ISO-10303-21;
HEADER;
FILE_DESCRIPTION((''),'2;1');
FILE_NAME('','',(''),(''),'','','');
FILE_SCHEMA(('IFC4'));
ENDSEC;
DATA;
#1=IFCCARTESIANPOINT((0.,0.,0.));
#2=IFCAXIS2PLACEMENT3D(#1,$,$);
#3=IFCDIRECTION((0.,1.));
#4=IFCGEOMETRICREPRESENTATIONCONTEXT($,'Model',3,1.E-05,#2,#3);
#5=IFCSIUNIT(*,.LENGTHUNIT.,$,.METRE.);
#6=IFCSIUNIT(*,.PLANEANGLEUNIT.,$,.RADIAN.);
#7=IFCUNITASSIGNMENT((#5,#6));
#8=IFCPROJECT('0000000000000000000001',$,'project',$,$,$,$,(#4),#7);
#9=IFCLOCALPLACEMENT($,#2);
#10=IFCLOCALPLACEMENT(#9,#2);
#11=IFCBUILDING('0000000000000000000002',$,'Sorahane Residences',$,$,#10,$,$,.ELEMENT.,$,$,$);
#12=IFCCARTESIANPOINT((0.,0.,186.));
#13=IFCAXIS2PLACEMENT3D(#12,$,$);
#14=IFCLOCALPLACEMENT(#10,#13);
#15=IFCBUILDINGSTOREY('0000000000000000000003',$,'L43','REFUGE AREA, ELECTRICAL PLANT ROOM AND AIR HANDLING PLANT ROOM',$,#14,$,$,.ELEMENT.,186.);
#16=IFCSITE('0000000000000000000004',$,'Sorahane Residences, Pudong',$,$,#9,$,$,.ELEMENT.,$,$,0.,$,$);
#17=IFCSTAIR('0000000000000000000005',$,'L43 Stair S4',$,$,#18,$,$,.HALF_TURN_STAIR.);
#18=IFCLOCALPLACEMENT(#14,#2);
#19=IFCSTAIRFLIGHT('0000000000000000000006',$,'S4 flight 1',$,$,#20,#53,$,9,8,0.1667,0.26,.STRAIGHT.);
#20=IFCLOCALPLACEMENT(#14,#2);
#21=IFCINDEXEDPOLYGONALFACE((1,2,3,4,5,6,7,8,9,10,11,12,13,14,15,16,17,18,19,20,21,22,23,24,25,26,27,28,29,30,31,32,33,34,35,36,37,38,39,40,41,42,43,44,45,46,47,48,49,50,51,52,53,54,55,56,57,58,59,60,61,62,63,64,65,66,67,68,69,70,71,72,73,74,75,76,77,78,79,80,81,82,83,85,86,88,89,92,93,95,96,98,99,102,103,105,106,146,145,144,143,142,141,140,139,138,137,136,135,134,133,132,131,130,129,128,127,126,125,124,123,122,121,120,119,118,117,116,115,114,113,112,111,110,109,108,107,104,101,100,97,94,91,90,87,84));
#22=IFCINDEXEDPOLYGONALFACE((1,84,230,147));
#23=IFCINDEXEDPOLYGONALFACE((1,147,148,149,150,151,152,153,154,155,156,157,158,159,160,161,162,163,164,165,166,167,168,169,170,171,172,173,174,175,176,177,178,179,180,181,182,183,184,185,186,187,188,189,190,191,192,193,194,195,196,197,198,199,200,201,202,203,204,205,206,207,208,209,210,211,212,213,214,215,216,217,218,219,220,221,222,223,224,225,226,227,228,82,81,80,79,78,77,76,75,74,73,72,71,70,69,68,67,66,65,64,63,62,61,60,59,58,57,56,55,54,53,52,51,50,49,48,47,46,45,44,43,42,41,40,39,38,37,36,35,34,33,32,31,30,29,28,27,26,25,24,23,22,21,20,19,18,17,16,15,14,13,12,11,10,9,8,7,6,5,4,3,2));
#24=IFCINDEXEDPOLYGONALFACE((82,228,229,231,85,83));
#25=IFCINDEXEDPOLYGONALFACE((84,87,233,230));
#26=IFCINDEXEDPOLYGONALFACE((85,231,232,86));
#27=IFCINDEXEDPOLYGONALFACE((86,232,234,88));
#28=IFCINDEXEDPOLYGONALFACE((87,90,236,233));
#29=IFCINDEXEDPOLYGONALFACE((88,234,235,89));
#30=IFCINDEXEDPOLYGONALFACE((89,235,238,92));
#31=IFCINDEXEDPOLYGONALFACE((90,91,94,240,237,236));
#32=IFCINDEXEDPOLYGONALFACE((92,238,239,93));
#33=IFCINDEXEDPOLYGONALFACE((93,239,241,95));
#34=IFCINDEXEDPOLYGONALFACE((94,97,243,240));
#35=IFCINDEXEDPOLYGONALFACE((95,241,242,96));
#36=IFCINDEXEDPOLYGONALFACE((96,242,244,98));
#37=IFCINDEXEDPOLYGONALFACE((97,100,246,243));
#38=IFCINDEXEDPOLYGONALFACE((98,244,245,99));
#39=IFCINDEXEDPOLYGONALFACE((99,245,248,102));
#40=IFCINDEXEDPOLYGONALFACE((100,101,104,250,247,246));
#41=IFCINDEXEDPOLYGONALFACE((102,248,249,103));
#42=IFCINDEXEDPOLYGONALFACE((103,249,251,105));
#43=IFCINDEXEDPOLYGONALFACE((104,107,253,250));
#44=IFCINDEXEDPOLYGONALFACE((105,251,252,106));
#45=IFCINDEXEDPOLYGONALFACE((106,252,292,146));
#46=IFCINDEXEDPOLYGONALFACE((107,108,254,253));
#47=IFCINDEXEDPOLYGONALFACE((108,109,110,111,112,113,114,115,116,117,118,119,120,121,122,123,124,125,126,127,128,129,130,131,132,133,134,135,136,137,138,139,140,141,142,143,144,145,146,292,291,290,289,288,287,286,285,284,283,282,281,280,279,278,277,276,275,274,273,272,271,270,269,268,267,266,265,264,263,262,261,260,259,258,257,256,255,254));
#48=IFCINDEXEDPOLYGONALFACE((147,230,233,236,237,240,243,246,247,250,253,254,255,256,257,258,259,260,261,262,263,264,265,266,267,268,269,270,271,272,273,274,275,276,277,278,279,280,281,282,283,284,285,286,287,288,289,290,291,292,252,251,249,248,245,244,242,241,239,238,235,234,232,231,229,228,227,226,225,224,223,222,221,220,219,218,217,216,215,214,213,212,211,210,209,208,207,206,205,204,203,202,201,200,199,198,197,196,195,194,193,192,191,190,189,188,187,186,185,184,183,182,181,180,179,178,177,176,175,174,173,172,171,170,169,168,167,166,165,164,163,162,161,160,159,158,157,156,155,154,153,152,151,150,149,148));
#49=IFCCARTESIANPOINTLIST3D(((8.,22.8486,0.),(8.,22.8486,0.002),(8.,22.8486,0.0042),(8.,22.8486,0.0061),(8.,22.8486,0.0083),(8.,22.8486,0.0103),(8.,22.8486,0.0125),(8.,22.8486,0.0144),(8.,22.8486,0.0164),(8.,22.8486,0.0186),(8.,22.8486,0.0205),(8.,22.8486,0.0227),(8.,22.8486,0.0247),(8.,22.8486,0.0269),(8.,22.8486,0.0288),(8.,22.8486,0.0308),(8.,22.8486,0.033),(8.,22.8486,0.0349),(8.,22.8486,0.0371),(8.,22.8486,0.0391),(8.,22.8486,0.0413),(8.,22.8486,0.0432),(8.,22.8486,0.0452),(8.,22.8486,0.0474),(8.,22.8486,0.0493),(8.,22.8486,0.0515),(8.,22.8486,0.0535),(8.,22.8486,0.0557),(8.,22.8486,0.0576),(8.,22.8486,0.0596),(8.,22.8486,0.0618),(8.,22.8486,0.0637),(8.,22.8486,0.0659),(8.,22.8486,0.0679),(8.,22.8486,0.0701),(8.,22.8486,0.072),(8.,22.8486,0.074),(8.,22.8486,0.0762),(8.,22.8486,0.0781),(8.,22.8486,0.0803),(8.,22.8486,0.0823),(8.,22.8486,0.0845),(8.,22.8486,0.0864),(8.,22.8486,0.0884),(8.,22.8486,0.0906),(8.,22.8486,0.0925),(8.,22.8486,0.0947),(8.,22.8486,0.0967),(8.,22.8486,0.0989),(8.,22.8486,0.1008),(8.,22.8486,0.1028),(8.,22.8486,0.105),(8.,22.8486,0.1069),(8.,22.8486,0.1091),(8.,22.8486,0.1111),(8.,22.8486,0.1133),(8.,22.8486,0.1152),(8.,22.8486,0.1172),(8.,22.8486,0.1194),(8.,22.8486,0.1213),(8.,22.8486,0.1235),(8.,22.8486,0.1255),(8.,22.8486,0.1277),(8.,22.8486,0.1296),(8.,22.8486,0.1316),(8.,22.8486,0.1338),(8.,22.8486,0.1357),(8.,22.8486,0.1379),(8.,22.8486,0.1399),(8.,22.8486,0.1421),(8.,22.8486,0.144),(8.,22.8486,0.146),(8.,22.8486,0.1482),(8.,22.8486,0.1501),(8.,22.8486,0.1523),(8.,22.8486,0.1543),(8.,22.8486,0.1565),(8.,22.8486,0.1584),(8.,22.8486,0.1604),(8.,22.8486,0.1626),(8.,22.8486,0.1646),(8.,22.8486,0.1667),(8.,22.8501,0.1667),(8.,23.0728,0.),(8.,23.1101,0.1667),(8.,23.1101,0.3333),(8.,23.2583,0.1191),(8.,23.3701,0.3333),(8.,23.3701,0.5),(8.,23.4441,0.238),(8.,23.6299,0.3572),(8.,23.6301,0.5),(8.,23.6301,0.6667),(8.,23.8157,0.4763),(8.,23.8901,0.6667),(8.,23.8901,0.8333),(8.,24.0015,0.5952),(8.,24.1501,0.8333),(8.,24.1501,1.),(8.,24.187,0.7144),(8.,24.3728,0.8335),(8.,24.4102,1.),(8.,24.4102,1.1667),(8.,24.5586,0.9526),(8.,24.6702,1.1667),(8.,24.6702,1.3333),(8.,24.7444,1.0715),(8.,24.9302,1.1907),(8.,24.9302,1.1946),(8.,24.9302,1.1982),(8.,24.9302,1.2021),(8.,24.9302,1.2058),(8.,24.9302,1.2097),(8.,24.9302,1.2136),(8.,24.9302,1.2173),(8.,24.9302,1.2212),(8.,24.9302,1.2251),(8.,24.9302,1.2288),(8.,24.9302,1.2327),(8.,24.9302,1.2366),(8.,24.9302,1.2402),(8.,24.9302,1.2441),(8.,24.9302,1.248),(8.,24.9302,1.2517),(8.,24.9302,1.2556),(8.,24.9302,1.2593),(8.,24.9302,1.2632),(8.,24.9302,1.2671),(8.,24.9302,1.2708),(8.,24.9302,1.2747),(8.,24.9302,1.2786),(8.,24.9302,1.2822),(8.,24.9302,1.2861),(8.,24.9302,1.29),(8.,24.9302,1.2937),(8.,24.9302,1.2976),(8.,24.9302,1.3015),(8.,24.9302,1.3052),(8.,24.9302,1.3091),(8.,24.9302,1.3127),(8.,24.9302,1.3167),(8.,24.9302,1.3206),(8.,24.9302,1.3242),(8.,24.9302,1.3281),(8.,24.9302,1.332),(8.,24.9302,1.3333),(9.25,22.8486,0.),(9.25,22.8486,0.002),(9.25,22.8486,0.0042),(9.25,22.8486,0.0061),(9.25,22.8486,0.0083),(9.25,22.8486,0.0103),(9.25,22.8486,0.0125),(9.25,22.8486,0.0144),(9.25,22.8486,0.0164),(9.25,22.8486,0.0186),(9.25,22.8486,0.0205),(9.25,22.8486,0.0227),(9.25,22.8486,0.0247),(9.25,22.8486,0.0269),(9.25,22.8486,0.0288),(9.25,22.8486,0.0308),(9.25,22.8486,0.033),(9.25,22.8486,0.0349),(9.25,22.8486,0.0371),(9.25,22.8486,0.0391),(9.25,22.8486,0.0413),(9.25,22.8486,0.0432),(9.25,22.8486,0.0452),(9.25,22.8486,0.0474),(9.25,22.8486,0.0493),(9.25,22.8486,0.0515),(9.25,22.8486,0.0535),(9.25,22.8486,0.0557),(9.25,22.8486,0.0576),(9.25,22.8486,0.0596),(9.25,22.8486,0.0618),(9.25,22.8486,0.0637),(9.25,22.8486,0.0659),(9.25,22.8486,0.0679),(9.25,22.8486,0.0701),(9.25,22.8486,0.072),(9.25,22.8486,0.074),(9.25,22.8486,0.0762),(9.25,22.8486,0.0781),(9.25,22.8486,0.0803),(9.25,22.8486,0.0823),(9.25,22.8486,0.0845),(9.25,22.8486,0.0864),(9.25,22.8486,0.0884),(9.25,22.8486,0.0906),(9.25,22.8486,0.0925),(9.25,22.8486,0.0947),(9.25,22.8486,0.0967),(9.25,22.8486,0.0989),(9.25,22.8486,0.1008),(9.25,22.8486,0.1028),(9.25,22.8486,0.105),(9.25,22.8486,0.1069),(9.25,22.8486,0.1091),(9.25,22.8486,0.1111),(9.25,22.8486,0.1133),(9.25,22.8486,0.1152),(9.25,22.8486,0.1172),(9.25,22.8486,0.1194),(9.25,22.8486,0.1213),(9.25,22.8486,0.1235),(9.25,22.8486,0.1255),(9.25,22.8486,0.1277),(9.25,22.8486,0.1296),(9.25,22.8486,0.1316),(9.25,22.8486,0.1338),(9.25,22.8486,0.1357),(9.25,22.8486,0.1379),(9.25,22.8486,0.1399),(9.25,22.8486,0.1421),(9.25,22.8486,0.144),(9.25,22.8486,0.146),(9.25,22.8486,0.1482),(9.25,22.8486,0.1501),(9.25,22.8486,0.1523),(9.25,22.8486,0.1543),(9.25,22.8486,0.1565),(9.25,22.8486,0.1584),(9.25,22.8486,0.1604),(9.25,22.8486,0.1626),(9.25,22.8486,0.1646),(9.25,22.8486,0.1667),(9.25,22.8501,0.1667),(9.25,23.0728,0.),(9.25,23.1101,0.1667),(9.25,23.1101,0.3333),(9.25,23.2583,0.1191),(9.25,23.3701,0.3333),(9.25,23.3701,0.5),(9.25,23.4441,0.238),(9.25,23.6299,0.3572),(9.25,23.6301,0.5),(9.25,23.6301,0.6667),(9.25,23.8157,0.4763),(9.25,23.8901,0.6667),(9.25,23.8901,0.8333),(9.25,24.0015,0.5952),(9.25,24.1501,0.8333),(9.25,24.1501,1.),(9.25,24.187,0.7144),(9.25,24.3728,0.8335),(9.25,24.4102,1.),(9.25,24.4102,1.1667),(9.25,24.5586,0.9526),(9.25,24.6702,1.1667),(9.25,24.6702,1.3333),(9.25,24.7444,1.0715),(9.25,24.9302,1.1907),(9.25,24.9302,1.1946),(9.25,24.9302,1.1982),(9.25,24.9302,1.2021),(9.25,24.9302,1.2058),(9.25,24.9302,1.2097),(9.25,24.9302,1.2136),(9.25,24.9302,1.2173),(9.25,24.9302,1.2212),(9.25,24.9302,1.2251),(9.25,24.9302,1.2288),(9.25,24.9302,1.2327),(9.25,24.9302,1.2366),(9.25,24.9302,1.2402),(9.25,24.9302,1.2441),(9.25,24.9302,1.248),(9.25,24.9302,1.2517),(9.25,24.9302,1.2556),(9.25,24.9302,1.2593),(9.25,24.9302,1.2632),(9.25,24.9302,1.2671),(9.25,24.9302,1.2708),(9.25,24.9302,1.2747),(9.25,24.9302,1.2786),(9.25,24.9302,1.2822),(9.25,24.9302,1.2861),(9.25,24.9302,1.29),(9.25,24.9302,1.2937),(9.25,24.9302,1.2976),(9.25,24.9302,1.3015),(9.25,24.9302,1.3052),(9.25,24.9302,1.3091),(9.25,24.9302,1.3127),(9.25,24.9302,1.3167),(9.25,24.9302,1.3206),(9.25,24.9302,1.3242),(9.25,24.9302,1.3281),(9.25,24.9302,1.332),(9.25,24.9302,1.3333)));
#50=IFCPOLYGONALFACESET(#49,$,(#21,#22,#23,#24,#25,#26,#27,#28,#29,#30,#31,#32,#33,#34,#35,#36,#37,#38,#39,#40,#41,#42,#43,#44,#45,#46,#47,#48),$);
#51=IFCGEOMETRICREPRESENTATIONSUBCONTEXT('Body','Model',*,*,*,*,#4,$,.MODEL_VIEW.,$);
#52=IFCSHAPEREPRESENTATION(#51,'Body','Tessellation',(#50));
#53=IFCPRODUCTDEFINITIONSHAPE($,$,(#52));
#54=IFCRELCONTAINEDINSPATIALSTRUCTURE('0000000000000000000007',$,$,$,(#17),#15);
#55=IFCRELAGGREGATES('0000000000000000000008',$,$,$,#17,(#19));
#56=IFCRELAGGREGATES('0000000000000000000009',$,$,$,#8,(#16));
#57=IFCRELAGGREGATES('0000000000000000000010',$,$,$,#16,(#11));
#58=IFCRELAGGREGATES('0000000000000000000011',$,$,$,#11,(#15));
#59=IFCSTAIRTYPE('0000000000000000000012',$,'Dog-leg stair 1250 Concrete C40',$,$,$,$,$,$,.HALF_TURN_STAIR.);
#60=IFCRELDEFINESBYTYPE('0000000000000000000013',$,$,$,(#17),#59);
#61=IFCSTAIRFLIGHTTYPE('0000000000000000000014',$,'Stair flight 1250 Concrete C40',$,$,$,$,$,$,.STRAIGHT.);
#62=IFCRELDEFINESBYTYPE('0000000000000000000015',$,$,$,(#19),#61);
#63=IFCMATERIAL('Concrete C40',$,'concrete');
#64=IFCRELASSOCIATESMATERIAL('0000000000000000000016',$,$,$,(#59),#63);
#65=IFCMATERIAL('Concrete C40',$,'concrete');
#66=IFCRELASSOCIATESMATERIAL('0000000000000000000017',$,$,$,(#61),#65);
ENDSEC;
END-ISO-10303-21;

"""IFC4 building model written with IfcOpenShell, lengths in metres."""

from ifc_helpers import new_model, si_unit, direction, frame, origin, place, context, subcontext, project, spatial, polyline, outline, extrude, material, type_object, element, aggregate, save


model = new_model("IFC4")

# Units and contexts
model_context = context("Model", 3, precision=1e-05, world=origin(), true_north=direction((0.0, 1.0)))
body_context = subcontext(model_context, "Body", "Model", "MODEL_VIEW")
ifc_project = project(units=[si_unit("LENGTHUNIT", "METRE"), si_unit("PLANEANGLEUNIT", "RADIAN")], contexts=[model_context])

# Site, building, storey
site_placement = place(None, origin())
site = spatial("IfcSite", under=ifc_project, at=site_placement, Name="Sorahane Residences, Pudong", CompositionType="ELEMENT", RefElevation=0.0)
building_placement = place(site_placement, origin())
building = spatial("IfcBuilding", under=site, at=building_placement, Name="Sorahane Residences", CompositionType="ELEMENT")
storey_placement = place(building_placement, frame((0.0, 0.0, 186.0)))
storey = spatial("IfcBuildingStorey", under=building, at=storey_placement, Name="L43", Description="REFUGE AREA, ELECTRICAL PLANT ROOM AND AIR HANDLING PLANT ROOM", CompositionType="ELEMENT", Elevation=186.0)

# Stair, stair flight
ifc_material_1 = material(Name="Concrete C40", Category="concrete")
stair_type = type_object("IfcStairType", Name="Dog-leg stair 1250 Concrete C40", PredefinedType="HALF_TURN_STAIR", material=ifc_material_1)
stair_placement = place(storey_placement, origin())
stair = element("IfcStair", 1, at=stair_placement, inside=storey, type_object=stair_type, Name="L43 Stair S4", PredefinedType="HALF_TURN_STAIR")
ifc_material_2 = material(Name="Concrete C40", Category="concrete")
stair_flight_type = type_object("IfcStairFlightType", Name="Stair flight 1250 Concrete C40", PredefinedType="STRAIGHT", material=ifc_material_2)
stair_flight_1_placement = place(storey_placement, frame((8.625, 22.8501, 0.0), z_axis=(0.0, 0.0, 1.0), x_axis=(0.0, 1.0, 0.0)))
stair_flight_1 = element("IfcStairFlight", 2, at=stair_flight_1_placement, type_object=stair_flight_type, Name="S4 flight 1", NumberOfRisers=9, NumberOfTreads=8, PredefinedType="STRAIGHT", RiserHeight=0.1667, TreadLength=0.26, context=body_context, shape_type="SweptSolid", body=[
    extrude(outline(polyline([(-0.0015, 0.0), (-0.0015, 0.002), (-0.0015, 0.0042), (-0.0015, 0.0061), (-0.0015, 0.0083), (-0.0015, 0.0103), (-0.0015, 0.0125), (-0.0015, 0.0144), (-0.0015, 0.0164), (-0.0015, 0.0186), (-0.0015, 0.0205), (-0.0015, 0.0227), (-0.0015, 0.0247), (-0.0015, 0.0269), (-0.0015, 0.0288), (-0.0015, 0.0308), (-0.0015, 0.033), (-0.0015, 0.0349), (-0.0015, 0.0371), (-0.0015, 0.0391), (-0.0015, 0.0413), (-0.0015, 0.0432), (-0.0015, 0.0452), (-0.0015, 0.0474), (-0.0015, 0.0493), (-0.0015, 0.0515), (-0.0015, 0.0535), (-0.0015, 0.0557), (-0.0015, 0.0576), (-0.0015, 0.0596), (-0.0015, 0.0618), (-0.0015, 0.0637), (-0.0015, 0.0659), (-0.0015, 0.0679), (-0.0015, 0.0701), (-0.0015, 0.072), (-0.0015, 0.074), (-0.0015, 0.0762), (-0.0015, 0.0781), (-0.0015, 0.0803), (-0.0015, 0.0823), (-0.0015, 0.0845), (-0.0015, 0.0864), (-0.0015, 0.0884), (-0.0015, 0.0906), (-0.0015, 0.0925), (-0.0015, 0.0947), (-0.0015, 0.0967), (-0.0015, 0.0989), (-0.0015, 0.1008), (-0.0015, 0.1028), (-0.0015, 0.105), (-0.0015, 0.1069), (-0.0015, 0.1091), (-0.0015, 0.1111), (-0.0015, 0.1133), (-0.0015, 0.1152), (-0.0015, 0.1172), (-0.0015, 0.1194), (-0.0015, 0.1213), (-0.0015, 0.1235), (-0.0015, 0.1255), (-0.0015, 0.1277), (-0.0015, 0.1296), (-0.0015, 0.1316), (-0.0015, 0.1338), (-0.0015, 0.1357), (-0.0015, 0.1379), (-0.0015, 0.1399), (-0.0015, 0.1421), (-0.0015, 0.144), (-0.0015, 0.146), (-0.0015, 0.1482), (-0.0015, 0.1501), (-0.0015, 0.1523), (-0.0015, 0.1543), (-0.0015, 0.1565), (-0.0015, 0.1584), (-0.0015, 0.1604), (-0.0015, 0.1626), (-0.0015, 0.1646), (-0.0015, 0.1667), (0.0, 0.1667), (0.26, 0.1667), (0.26, 0.3333), (0.52, 0.3333), (0.52, 0.5), (0.78, 0.5), (0.78, 0.6667), (1.04, 0.6667), (1.04, 0.8333), (1.3, 0.8333), (1.3, 1.0), (1.5601, 1.0), (1.5601, 1.1667), (1.8201, 1.1667), (1.8201, 1.3333), (2.0801, 1.3333), (2.0801, 1.5), (2.0801, 1.4961), (2.0801, 1.4924), (2.0801, 1.4885), (2.0801, 1.4846), (2.0801, 1.481), (2.0801, 1.4771), (2.0801, 1.4731), (2.0801, 1.4695), (2.0801, 1.4656), (2.0801, 1.4619), (2.0801, 1.458), (2.0801, 1.4541), (2.0801, 1.4504), (2.0801, 1.4465), (2.0801, 1.4426), (2.0801, 1.439), (2.0801, 1.4351), (2.0801, 1.4312), (2.0801, 1.4275), (2.0801, 1.4236), (2.0801, 1.4197), (2.0801, 1.416), (2.0801, 1.4121), (2.0801, 1.4084), (2.0801, 1.4045), (2.0801, 1.4006), (2.0801, 1.397), (2.0801, 1.3931), (2.0801, 1.3892), (2.0801, 1.3855), (2.0801, 1.3816), (2.0801, 1.3777), (2.0801, 1.374), (2.0801, 1.3701), (2.0801, 1.3662), (2.0801, 1.3625), (2.0801, 1.3586), (2.0801, 1.355), (2.0801, 1.3511), (2.0801, 1.3472), (2.0801, 1.3435), (2.0801, 1.3396), (2.0801, 1.3357), (2.0801, 1.332), (2.0801, 1.3281), (2.0801, 1.3242), (2.0801, 1.3206), (2.0801, 1.3167), (2.0801, 1.3127), (2.0801, 1.3091), (2.0801, 1.3052), (2.0801, 1.3015), (2.0801, 1.2976), (2.0801, 1.2937), (2.0801, 1.29), (2.0801, 1.2861), (2.0801, 1.2822), (2.0801, 1.2786), (2.0801, 1.2747), (2.0801, 1.2708), (2.0801, 1.2671), (2.0801, 1.2632), (2.0801, 1.2593), (2.0801, 1.2556), (2.0801, 1.2517), (2.0801, 1.248), (2.0801, 1.2441), (2.0801, 1.2402), (2.0801, 1.2366), (2.0801, 1.2327), (2.0801, 1.2288), (2.0801, 1.2251), (2.0801, 1.2212), (2.0801, 1.2173), (2.0801, 1.2136), (2.0801, 1.2097), (2.0801, 1.2058), (2.0801, 1.2021), (2.0801, 1.1982), (2.0801, 1.1946), (2.0801, 1.1907), (1.8943, 1.0715), (1.7085, 0.9526), (1.5227, 0.8335), (1.3369, 0.7144), (1.1514, 0.5952), (0.9656, 0.4763), (0.7798, 0.3572), (0.594, 0.238), (0.4082, 0.1191), (0.2227, 0.0), (-0.0015, 0.0)])), frame((0.0, 0.625, 0.0), z_axis=(0.0, -1.0, 0.0), x_axis=(1.0, 0.0, 0.0)), (0.0, 0.0, 1.0), 1.25),
])
aggregate(stair, [stair_flight_1])

save(model, "model.ifc")
